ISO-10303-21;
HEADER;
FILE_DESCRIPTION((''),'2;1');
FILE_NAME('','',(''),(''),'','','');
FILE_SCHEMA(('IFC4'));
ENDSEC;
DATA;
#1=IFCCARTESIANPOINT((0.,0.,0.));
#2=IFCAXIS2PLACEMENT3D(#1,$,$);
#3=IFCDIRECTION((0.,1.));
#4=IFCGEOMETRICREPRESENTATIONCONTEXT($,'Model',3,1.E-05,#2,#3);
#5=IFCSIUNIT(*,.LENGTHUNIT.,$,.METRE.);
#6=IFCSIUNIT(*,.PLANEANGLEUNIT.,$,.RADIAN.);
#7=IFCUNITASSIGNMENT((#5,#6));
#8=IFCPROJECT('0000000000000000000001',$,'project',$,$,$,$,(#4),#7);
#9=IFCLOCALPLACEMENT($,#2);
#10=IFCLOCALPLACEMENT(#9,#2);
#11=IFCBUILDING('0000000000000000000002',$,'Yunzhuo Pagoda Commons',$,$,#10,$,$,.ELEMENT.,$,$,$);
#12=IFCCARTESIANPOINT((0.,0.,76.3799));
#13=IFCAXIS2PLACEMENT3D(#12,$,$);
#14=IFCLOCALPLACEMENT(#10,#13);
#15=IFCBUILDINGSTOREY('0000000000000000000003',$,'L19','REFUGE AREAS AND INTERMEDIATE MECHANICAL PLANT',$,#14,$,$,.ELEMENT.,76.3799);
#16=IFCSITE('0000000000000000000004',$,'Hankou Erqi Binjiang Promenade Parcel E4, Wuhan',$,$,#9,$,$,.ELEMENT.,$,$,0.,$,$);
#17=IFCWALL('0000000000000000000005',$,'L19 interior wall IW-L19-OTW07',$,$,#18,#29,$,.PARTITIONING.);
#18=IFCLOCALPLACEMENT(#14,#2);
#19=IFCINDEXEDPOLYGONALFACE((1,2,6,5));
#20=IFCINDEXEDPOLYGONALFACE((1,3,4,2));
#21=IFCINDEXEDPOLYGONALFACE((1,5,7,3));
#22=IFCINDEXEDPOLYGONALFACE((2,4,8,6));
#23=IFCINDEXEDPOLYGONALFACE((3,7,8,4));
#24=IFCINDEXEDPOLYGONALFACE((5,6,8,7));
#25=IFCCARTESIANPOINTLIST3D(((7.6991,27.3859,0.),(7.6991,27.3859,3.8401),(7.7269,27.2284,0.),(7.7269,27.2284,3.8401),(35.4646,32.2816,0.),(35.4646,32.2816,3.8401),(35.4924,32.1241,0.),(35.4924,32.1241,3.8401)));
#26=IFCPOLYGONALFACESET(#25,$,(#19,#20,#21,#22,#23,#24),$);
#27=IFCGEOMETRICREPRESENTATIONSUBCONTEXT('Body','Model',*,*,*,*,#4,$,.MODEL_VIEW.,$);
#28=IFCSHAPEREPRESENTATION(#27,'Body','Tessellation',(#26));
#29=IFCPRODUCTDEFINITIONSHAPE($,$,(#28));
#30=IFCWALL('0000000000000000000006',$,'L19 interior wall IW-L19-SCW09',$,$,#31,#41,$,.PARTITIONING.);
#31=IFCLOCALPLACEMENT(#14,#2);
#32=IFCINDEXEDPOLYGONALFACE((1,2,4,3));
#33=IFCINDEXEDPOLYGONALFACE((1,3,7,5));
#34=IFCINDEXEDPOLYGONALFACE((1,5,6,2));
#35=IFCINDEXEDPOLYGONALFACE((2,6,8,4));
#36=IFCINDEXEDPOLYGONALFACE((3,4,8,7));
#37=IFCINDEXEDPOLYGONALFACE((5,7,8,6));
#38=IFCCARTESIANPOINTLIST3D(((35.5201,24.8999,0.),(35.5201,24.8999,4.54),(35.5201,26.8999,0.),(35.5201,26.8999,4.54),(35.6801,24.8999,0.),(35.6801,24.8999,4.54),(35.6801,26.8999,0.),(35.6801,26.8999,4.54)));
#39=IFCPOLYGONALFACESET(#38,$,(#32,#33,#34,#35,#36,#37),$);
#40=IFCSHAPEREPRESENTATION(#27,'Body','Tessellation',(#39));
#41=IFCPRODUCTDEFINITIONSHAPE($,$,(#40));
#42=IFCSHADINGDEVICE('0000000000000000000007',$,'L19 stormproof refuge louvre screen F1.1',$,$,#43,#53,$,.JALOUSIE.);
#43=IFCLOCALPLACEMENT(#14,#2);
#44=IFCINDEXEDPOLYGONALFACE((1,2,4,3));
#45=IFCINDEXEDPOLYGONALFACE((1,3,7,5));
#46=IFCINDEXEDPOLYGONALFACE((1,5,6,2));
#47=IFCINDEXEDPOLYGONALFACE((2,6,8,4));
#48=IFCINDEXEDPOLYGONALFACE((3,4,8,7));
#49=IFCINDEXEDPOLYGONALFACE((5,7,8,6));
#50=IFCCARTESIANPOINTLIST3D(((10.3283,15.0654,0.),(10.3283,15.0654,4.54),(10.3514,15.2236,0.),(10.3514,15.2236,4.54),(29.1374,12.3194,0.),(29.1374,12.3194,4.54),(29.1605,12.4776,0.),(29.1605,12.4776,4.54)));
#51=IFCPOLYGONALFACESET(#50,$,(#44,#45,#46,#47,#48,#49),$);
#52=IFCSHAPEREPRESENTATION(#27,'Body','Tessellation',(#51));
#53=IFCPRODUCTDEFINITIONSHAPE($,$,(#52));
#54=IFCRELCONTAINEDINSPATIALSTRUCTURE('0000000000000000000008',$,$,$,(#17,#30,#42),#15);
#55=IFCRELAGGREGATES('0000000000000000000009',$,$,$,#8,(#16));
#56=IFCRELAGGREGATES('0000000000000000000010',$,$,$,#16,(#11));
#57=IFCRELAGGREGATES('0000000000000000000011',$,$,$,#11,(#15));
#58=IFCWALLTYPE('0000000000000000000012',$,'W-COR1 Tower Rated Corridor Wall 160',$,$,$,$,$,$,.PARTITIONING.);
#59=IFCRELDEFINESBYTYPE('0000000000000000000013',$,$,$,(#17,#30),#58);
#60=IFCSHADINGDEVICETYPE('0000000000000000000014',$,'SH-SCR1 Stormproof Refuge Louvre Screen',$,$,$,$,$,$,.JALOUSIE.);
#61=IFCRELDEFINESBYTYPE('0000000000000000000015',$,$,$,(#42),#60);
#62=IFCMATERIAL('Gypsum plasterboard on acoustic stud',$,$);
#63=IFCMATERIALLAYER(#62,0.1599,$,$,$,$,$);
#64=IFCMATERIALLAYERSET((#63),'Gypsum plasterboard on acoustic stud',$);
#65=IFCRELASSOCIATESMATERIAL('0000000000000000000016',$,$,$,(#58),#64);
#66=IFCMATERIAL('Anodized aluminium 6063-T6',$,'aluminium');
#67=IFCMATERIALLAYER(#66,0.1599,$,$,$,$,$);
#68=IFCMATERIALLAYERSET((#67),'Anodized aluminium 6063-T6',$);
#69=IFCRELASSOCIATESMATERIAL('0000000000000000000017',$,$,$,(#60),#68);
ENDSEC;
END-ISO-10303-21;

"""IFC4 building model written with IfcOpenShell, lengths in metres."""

from ifc_helpers import new_model, si_unit, direction, frame, frame_2d, origin, origin_2d, place, context, subcontext, project, spatial, rectangle, extrude, source, transform, mapped, material, layer, layer_set, type_object, element, save


model = new_model("IFC4")

# Units and contexts
model_context = context("Model", 3, precision=1e-05, world=origin(), true_north=direction((0.0, 1.0)))
body_context = subcontext(model_context, "Body", "Model", "MODEL_VIEW")
ifc_project = project(units=[si_unit("LENGTHUNIT", "METRE"), si_unit("PLANEANGLEUNIT", "RADIAN")], contexts=[model_context])

# Site, building, storey
site_placement = place(None, origin())
site = spatial("IfcSite", under=ifc_project, at=site_placement, Name="Hankou Erqi Binjiang Promenade Parcel E4, Wuhan", CompositionType="ELEMENT", RefElevation=0.0)
building_placement = place(site_placement, origin())
building = spatial("IfcBuilding", under=site, at=building_placement, Name="Yunzhuo Pagoda Commons", CompositionType="ELEMENT")
storey_placement = place(building_placement, frame((0.0, 0.0, 76.3799)))
storey = spatial("IfcBuildingStorey", under=building, at=storey_placement, Name="L19", Description="REFUGE AREAS AND INTERMEDIATE MECHANICAL PLANT", CompositionType="ELEMENT", Elevation=76.3799)

# Walls
ifc_material_1 = material(Name="Gypsum plasterboard on acoustic stud")
ifc_layer_1 = layer(ifc_material_1, 0.1599)
ifc_layer_set_1 = layer_set([ifc_layer_1], Name="Gypsum plasterboard on acoustic stud")
wall_type_1 = type_object("IfcWallType", Name="W-COR1 Tower Rated Corridor Wall 160", PredefinedType="PARTITIONING", material=ifc_layer_set_1)
wall_1_placement = place(storey_placement, frame((35.4785, 32.2029, 0.0), z_axis=(0.0, 0.0, 1.0), x_axis=(-0.984808, -0.173646, 0.0)))
element("IfcWall", 1, at=wall_1_placement, inside=storey, type_object=wall_type_1, Name="L19 interior wall IW-L19-OTW07", PredefinedType="PARTITIONING", context=body_context, shape_type="SweptSolid", body=[
    extrude(rectangle(XDim=28.1938, YDim=0.1599, at=frame_2d((14.0969, 0.0))), origin(), (0.0, 0.0, 1.0), 3.8401),
])
wall_2_placement = place(storey_placement, frame((35.6001, 24.8999, 0.0), z_axis=(0.0, 0.0, 1.0), x_axis=(0.0, 1.0, 0.0)))
element("IfcWall", 2, at=wall_2_placement, inside=storey, type_object=wall_type_1, Name="L19 interior wall IW-L19-SCW09", PredefinedType="PARTITIONING", context=body_context, shape_type="SweptSolid", body=[
    extrude(rectangle(XDim=2.0, YDim=0.1599, at=frame_2d((1.0, 0.0))), origin(), (0.0, 0.0, 1.0), 4.54),
])

# Shading device
ifc_material_2 = material(Name="Anodized aluminium 6063-T6", Category="aluminium")
ifc_layer_2 = layer(ifc_material_2, 0.1599)
ifc_layer_set_2 = layer_set([ifc_layer_2], Name="Anodized aluminium 6063-T6")
shading_device_type = type_object("IfcShadingDeviceType", Name="SH-SCR1 Stormproof Refuge Louvre Screen", PredefinedType="JALOUSIE", material=ifc_layer_set_2)
shared_shape_1 = source(origin(), body_context, "Body", "SweptSolid", [
    extrude(rectangle(XDim=19.0085, YDim=0.1599, at=origin_2d()), origin(), (0.0, 0.0, 1.0), 4.54),
])
shading_device_placement = place(storey_placement, frame((19.7444, 13.7715, 0.0), z_axis=(0.0, 0.0, 1.0), x_axis=(0.989511, -0.14446, 0.0)))
element("IfcShadingDevice", 3, at=shading_device_placement, inside=storey, type_object=shading_device_type, Name="L19 stormproof refuge louvre screen F1.1", PredefinedType="JALOUSIE", context=body_context, shape_type="MappedRepresentation", body=[
    mapped(shared_shape_1, transform((0.0, 0.0, 0.0), scale=1.0)),
])

save(model, "model.ifc")
